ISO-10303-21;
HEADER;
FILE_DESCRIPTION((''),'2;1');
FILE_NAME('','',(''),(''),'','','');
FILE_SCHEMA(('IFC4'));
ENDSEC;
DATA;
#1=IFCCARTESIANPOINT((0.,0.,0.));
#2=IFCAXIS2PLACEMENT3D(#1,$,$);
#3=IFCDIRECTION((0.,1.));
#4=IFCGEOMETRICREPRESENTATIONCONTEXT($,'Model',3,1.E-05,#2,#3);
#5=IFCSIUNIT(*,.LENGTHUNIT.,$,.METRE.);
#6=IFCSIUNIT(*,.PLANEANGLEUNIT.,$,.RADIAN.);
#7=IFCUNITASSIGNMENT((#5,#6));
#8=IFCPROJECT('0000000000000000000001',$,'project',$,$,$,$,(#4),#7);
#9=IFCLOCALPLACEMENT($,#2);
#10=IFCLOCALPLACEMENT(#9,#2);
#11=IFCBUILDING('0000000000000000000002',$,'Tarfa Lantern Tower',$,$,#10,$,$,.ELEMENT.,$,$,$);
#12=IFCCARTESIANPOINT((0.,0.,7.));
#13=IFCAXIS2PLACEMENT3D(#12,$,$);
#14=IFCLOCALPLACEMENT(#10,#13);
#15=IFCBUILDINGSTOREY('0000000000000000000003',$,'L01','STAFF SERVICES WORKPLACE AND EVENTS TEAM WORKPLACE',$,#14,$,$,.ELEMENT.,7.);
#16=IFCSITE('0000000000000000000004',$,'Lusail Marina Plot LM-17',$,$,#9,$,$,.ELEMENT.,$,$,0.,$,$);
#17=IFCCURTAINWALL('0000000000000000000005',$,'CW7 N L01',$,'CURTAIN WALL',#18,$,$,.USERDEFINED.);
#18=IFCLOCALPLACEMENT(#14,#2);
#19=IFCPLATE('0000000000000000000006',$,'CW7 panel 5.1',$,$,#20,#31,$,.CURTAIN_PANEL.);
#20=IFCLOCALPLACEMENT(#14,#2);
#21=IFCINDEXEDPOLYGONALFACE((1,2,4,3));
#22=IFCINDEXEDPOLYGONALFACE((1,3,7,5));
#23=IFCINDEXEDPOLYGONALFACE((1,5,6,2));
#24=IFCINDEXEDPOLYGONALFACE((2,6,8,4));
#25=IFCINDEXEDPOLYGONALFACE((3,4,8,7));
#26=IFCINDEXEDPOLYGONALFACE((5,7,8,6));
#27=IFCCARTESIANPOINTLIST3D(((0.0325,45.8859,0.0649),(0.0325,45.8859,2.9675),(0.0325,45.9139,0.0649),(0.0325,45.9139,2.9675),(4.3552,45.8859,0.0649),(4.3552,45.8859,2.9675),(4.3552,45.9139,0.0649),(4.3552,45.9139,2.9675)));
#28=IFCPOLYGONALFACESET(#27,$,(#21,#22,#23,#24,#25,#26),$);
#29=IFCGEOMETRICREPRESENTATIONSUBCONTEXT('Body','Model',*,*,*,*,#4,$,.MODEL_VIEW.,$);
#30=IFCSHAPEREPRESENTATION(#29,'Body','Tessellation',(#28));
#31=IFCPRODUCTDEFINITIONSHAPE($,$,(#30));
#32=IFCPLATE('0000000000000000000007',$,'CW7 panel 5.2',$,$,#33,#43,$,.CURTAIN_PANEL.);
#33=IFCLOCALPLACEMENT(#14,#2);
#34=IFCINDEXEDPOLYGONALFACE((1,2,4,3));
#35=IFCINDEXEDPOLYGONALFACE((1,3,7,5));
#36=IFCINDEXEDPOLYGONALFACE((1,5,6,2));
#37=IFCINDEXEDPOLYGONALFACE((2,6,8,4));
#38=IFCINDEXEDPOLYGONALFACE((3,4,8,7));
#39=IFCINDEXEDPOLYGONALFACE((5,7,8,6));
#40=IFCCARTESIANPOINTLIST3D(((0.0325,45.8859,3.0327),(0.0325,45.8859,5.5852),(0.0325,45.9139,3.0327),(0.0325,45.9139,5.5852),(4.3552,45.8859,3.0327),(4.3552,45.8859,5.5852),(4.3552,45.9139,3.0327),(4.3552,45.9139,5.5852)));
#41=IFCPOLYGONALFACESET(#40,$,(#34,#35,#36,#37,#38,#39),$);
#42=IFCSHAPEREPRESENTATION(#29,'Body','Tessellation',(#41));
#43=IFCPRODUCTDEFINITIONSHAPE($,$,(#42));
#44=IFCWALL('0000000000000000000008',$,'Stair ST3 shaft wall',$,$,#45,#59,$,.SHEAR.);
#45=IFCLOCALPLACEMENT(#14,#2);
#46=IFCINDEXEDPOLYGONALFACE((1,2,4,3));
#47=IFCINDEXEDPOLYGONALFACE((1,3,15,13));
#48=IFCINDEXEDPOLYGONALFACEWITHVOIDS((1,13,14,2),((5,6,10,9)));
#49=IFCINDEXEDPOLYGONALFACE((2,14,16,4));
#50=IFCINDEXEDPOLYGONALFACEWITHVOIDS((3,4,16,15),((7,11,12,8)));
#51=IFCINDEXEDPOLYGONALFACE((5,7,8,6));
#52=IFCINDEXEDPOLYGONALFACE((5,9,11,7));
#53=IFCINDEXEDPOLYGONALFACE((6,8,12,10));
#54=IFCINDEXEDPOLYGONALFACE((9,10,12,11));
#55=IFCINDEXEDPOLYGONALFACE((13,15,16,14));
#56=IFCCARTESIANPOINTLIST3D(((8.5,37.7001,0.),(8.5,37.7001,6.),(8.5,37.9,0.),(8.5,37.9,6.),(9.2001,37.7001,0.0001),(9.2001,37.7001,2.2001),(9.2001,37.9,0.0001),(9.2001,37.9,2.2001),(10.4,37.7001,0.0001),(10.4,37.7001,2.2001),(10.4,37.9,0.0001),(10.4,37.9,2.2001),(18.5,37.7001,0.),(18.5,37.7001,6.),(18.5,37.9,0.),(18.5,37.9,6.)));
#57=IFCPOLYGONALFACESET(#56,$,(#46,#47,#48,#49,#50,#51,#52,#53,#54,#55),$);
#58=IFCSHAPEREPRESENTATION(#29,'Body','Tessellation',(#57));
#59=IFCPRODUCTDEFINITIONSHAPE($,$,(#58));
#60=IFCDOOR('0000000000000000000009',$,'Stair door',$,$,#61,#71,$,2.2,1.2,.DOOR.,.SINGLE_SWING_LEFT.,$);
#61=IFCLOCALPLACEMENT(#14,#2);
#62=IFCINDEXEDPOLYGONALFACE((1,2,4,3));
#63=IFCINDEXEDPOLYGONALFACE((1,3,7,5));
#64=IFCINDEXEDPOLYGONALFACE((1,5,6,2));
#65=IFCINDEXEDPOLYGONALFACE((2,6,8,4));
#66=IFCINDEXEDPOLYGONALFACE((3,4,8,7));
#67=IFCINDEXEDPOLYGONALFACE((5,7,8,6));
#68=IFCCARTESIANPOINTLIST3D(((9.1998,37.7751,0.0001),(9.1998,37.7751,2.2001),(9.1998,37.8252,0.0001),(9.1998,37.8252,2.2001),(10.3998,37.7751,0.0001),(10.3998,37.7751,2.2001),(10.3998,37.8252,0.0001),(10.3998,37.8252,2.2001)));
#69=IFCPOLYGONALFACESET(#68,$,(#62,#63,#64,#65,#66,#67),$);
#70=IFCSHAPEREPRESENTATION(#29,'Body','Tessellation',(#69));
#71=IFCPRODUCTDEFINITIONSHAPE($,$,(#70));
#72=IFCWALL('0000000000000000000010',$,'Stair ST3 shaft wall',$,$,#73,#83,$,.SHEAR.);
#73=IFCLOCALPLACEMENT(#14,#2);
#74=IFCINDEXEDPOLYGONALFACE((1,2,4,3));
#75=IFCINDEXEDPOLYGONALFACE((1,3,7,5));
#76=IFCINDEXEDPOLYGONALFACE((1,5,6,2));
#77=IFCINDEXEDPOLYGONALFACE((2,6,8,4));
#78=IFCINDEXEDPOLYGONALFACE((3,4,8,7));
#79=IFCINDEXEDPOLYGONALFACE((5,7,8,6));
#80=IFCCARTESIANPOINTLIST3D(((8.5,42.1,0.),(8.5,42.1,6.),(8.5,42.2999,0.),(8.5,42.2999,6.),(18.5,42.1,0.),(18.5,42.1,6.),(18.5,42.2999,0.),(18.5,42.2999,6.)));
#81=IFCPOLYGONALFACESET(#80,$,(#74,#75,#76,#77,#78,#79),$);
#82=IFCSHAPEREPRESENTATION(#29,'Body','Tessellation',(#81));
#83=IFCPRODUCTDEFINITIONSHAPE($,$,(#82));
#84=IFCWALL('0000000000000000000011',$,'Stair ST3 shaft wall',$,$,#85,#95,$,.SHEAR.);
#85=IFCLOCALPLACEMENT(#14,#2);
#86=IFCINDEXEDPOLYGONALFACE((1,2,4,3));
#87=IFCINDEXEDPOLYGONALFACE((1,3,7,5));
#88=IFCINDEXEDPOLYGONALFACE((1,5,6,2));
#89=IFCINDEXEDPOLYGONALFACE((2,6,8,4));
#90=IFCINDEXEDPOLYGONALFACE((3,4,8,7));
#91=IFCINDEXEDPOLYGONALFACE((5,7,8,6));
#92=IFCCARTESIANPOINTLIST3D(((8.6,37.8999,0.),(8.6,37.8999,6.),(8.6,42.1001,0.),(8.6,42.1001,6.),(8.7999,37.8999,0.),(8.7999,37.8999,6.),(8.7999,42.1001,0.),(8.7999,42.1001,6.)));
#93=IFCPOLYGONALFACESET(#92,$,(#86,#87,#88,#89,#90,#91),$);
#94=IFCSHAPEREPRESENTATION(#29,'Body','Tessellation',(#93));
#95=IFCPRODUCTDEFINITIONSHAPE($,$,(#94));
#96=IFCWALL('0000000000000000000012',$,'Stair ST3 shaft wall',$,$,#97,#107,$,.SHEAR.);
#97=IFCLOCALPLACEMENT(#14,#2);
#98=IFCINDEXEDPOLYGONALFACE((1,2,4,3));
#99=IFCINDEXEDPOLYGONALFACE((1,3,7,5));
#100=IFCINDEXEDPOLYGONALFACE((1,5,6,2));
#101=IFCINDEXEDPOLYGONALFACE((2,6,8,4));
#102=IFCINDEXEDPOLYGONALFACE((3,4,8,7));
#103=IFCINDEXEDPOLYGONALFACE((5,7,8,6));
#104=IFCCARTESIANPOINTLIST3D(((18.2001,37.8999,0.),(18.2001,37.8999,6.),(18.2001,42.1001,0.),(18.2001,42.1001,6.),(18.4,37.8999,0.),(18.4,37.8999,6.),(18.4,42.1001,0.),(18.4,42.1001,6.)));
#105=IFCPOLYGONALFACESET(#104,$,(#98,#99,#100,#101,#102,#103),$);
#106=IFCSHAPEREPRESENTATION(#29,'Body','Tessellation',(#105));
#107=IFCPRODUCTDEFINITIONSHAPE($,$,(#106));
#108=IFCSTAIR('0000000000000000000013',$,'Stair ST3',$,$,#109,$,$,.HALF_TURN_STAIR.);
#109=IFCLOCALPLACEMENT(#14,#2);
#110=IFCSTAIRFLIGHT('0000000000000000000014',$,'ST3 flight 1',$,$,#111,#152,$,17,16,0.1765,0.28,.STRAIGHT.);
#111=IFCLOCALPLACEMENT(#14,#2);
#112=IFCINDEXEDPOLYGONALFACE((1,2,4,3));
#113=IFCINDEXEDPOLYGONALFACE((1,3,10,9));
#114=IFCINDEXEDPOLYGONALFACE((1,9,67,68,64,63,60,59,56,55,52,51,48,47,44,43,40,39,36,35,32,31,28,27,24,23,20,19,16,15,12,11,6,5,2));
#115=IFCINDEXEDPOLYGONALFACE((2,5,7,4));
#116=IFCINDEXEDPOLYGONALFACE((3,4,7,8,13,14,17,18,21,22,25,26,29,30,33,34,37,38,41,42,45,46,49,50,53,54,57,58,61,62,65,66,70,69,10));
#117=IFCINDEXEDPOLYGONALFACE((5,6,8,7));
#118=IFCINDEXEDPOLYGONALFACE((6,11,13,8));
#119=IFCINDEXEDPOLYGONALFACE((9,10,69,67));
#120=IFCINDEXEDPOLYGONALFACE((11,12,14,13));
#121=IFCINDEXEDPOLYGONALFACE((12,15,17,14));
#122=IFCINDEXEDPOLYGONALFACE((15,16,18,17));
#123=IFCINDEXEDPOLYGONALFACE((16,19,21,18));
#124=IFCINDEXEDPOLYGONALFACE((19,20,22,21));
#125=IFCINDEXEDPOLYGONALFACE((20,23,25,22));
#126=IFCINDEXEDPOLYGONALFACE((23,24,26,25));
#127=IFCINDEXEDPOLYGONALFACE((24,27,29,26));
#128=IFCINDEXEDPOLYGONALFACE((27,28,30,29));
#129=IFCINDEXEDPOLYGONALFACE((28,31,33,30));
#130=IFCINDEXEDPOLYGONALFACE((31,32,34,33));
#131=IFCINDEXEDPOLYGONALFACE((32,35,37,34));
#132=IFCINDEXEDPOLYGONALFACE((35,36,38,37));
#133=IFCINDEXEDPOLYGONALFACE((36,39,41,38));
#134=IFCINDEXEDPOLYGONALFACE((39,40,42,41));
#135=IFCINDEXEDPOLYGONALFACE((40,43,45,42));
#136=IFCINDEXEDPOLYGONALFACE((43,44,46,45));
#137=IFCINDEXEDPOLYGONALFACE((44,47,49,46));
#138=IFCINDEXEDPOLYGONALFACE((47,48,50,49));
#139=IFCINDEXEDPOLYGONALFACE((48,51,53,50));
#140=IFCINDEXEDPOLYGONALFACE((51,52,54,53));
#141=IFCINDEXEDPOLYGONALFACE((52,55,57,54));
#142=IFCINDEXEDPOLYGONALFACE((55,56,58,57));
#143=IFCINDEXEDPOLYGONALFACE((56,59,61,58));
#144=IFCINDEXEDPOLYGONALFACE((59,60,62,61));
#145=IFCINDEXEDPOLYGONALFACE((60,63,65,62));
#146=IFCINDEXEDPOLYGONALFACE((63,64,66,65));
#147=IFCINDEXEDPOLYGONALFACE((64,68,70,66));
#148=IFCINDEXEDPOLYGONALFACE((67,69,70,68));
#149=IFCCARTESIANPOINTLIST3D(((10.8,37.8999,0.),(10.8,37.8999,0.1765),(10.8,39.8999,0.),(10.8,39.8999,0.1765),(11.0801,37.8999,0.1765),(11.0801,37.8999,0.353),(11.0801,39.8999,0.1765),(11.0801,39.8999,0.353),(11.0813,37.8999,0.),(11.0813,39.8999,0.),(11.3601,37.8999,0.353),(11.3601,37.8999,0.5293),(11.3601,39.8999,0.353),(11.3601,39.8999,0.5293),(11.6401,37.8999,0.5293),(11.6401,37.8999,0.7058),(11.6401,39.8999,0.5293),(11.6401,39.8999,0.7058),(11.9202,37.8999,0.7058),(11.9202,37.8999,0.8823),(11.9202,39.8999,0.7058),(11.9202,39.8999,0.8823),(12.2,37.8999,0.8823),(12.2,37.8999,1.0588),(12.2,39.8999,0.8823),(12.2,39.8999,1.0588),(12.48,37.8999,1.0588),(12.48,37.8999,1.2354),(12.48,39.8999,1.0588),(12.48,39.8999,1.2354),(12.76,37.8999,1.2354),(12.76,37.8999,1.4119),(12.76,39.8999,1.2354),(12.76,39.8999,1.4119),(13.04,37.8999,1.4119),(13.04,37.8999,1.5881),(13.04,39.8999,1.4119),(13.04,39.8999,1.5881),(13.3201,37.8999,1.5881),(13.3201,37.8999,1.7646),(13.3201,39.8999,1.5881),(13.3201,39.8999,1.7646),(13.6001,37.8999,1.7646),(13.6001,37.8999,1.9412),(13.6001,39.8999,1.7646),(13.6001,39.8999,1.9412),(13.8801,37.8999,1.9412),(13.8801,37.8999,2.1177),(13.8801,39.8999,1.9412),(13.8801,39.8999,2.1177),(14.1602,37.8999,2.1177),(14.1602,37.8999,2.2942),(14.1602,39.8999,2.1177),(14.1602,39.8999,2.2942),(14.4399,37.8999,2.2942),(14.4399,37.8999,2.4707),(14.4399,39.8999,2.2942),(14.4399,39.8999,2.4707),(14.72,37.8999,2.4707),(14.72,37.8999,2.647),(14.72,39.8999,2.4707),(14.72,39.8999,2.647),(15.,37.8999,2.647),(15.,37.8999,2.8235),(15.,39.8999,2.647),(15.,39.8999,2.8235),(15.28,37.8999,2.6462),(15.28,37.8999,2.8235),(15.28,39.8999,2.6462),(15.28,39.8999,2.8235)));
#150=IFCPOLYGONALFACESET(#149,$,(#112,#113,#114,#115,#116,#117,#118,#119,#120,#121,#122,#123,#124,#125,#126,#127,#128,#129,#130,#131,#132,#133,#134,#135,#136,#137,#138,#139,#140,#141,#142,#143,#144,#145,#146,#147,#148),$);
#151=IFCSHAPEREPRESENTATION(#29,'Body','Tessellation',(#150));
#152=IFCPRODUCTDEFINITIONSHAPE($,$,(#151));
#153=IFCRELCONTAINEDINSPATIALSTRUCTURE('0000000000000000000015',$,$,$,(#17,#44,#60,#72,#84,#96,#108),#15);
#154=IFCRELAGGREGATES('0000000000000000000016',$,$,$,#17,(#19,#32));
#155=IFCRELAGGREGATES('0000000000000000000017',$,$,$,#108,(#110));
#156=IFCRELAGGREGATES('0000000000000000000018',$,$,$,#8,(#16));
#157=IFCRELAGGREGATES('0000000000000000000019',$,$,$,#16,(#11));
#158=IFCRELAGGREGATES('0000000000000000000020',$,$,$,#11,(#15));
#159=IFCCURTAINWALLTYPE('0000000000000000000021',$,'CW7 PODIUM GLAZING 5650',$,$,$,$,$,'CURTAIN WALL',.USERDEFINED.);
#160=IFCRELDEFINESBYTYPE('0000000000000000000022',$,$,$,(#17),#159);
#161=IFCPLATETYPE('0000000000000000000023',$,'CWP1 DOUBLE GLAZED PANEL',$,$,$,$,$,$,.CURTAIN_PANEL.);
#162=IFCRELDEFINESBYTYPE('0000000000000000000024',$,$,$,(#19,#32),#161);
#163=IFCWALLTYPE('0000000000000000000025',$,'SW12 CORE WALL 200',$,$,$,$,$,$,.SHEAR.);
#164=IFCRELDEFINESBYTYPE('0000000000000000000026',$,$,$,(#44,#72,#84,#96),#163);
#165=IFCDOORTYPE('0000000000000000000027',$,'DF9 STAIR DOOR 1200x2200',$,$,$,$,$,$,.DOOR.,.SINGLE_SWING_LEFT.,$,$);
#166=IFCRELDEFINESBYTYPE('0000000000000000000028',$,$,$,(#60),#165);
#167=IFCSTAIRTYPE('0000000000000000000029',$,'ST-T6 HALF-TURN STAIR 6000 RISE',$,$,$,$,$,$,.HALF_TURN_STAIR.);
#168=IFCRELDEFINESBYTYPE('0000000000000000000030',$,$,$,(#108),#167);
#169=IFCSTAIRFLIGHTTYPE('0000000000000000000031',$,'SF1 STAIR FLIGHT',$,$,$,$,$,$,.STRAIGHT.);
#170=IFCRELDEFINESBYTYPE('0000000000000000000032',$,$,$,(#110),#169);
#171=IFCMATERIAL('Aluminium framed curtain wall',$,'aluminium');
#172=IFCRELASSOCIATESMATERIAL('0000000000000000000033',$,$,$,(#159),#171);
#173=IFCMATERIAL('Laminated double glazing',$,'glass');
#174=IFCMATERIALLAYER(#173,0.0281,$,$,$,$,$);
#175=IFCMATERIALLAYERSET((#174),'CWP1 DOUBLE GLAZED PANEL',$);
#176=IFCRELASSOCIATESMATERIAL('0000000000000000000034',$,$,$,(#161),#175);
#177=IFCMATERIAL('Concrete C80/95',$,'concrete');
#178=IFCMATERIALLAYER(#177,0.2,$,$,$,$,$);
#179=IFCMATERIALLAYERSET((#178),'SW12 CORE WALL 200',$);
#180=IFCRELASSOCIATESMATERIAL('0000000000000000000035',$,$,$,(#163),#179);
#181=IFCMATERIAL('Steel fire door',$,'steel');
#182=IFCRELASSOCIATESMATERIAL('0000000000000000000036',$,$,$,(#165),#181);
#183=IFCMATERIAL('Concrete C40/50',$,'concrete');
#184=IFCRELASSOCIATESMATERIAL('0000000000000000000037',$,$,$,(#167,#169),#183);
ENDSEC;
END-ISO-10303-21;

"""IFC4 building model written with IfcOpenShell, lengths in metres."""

from ifc_helpers import new_model, si_unit, direction, frame, frame_2d, origin, origin_2d, place, context, subcontext, project, spatial, polyline, rectangle, outline, extrude, material, layer, layer_set, type_object, element, fill, aggregate, save


model = new_model("IFC4")

# Units and contexts
model_context = context("Model", 3, precision=1e-05, world=origin(), true_north=direction((0.0, 1.0)))
body_context = subcontext(model_context, "Body", "Model", "MODEL_VIEW")
ifc_project = project(units=[si_unit("LENGTHUNIT", "METRE"), si_unit("PLANEANGLEUNIT", "RADIAN")], contexts=[model_context])

# Site, building, storey
site_placement = place(None, origin())
site = spatial("IfcSite", under=ifc_project, at=site_placement, Name="Lusail Marina Plot LM-17", CompositionType="ELEMENT", RefElevation=0.0)
building_placement = place(site_placement, origin())
building = spatial("IfcBuilding", under=site, at=building_placement, Name="Tarfa Lantern Tower", CompositionType="ELEMENT")
storey_placement = place(building_placement, frame((0.0, 0.0, 7.0)))
storey = spatial("IfcBuildingStorey", under=building, at=storey_placement, Name="L01", Description="STAFF SERVICES WORKPLACE AND EVENTS TEAM WORKPLACE", CompositionType="ELEMENT", Elevation=7.0)

# Shared definitions
ifc_material_1 = material(Name="Concrete C80/95", Category="concrete")

# Curtain wall
ifc_material_2 = material(Name="Aluminium framed curtain wall", Category="aluminium")
curtain_wall_type = type_object("IfcCurtainWallType", Name="CW7 PODIUM GLAZING 5650", ElementType="CURTAIN WALL", PredefinedType="USERDEFINED", material=ifc_material_2)
curtain_wall_placement = place(storey_placement, origin())
curtain_wall = element("IfcCurtainWall", 1, at=curtain_wall_placement, inside=storey, type_object=curtain_wall_type, Name="CW7 N L01", ObjectType="CURTAIN WALL", PredefinedType="USERDEFINED")

# Plates
ifc_material_3 = material(Name="Laminated double glazing", Category="glass")
ifc_layer_1 = layer(ifc_material_3, 0.0281)
ifc_layer_set_1 = layer_set([ifc_layer_1], Name="CWP1 DOUBLE GLAZED PANEL")
plate_type = type_object("IfcPlateType", Name="CWP1 DOUBLE GLAZED PANEL", PredefinedType="CURTAIN_PANEL", material=ifc_layer_set_1)
plate_1_placement = place(storey_placement, frame((2.1938, 45.8999, 0.0649), z_axis=(0.0, 0.0, 1.0), x_axis=(-1.0, 0.0, 0.0)))
plate_1 = element("IfcPlate", 2, at=plate_1_placement, type_object=plate_type, Name="CW7 panel 5.1", PredefinedType="CURTAIN_PANEL", context=body_context, shape_type="SweptSolid", body=[
    extrude(rectangle(XDim=4.3228, YDim=0.0281, at=origin_2d()), origin(), (0.0, 0.0, 1.0), 2.9026),
])
plate_2_placement = place(storey_placement, frame((2.1938, 45.8999, 3.0327), z_axis=(0.0, 0.0, 1.0), x_axis=(-1.0, 0.0, 0.0)))
plate_2 = element("IfcPlate", 3, at=plate_2_placement, type_object=plate_type, Name="CW7 panel 5.2", PredefinedType="CURTAIN_PANEL", context=body_context, shape_type="SweptSolid", body=[
    extrude(rectangle(XDim=4.3228, YDim=0.0281, at=origin_2d()), origin(), (0.0, 0.0, 1.0), 2.5525),
])
aggregate(curtain_wall, [plate_1, plate_2])

# Wall, opening, door
ifc_layer_2 = layer(ifc_material_1, 0.2)
ifc_layer_set_2 = layer_set([ifc_layer_2], Name="SW12 CORE WALL 200")
wall_type = type_object("IfcWallType", Name="SW12 CORE WALL 200", PredefinedType="SHEAR", material=ifc_layer_set_2)
wall_1_placement = place(storey_placement, frame((8.5, 37.8, 0.0), z_axis=(0.0, 0.0, 1.0), x_axis=(1.0, 0.0, 0.0)))
wall_1 = element("IfcWall", 4, at=wall_1_placement, inside=storey, type_object=wall_type, Name="Stair ST3 shaft wall", PredefinedType="SHEAR", context=body_context, shape_type="SweptSolid", body=[
    extrude(rectangle(XDim=10.0, YDim=0.2, at=frame_2d((5.0, 0.0))), origin(), (0.0, 0.0, 1.0), 6.0),
])
opening_placement = place(wall_1_placement, frame((0.7, 0.0, 0.0)))
opening = element("IfcOpeningElement", 5, at=opening_placement, cuts=wall_1, PredefinedType="OPENING", context=body_context, shape_type="SweptSolid", body=[
    extrude(rectangle(XDim=1.2, YDim=2.2, at=frame_2d((0.6001, 1.1001))), frame((0.0, 0.1099, 0.0), z_axis=(0.0, -1.0, 0.0), x_axis=(1.0, 0.0, 0.0)), (0.0, 0.0, 1.0), 0.22),
])
ifc_material_4 = material(Name="Steel fire door", Category="steel")
door_type = type_object("IfcDoorType", Name="DF9 STAIR DOOR 1200x2200", OperationType="SINGLE_SWING_LEFT", PredefinedType="DOOR", material=ifc_material_4)
door_placement = place(opening_placement, frame((1.2, 0.0, 0.0), z_axis=(0.0, 0.0, 1.0), x_axis=(-1.0, 0.0, 0.0)))
door = element("IfcDoor", 6, at=door_placement, inside=storey, type_object=door_type, Name="Stair door", OperationType="SINGLE_SWING_LEFT", OverallHeight=2.2, OverallWidth=1.2, PredefinedType="DOOR", context=body_context, shape_type="SweptSolid", body=[
    extrude(rectangle(XDim=1.2, YDim=2.2, at=frame_2d((0.6001, 1.1001))), frame((0.0, 0.0249, 0.0), z_axis=(0.0, -1.0, 0.0), x_axis=(1.0, 0.0, 0.0)), (0.0, 0.0, 1.0), 0.05),
])
fill(opening, door)

# Walls
wall_2_placement = place(storey_placement, frame((18.5, 42.2, 0.0), z_axis=(0.0, 0.0, 1.0), x_axis=(-1.0, 0.0, 0.0)))
element("IfcWall", 7, at=wall_2_placement, inside=storey, type_object=wall_type, Name="Stair ST3 shaft wall", PredefinedType="SHEAR", context=body_context, shape_type="SweptSolid", body=[
    extrude(rectangle(XDim=10.0, YDim=0.2, at=frame_2d((5.0, 0.0))), origin(), (0.0, 0.0, 1.0), 6.0),
])
for number, where, z_axis, x_axis, name in (
    (8, (8.7, 42.1001, 0.0), (0.0, 0.0, 1.0), (0.0, -1.0, 0.0), "Stair ST3 shaft wall"),
    (9, (18.3, 37.8999, 0.0), (0.0, 0.0, 1.0), (0.0, 1.0, 0.0), "Stair ST3 shaft wall"),
):
    element("IfcWall", number, at=place(storey_placement, frame(where, z_axis=z_axis, x_axis=x_axis)), inside=storey, type_object=wall_type, Name=name, PredefinedType="SHEAR", context=body_context, shape_type="SweptSolid", body=[
        extrude(rectangle(XDim=4.2002, YDim=0.2, at=frame_2d((2.1001, 0.0))), origin(), (0.0, 0.0, 1.0), 6.0),
    ])

# Stair, stair flight
ifc_material_5 = material(Name="Concrete C40/50", Category="concrete")
stair_type = type_object("IfcStairType", Name="ST-T6 HALF-TURN STAIR 6000 RISE", PredefinedType="HALF_TURN_STAIR", material=ifc_material_5)
stair_placement = place(storey_placement, origin())
stair = element("IfcStair", 10, at=stair_placement, inside=storey, type_object=stair_type, Name="Stair ST3", PredefinedType="HALF_TURN_STAIR")
stair_flight_type = type_object("IfcStairFlightType", Name="SF1 STAIR FLIGHT", PredefinedType="STRAIGHT", material=ifc_material_5)
stair_flight_1_placement = place(storey_placement, frame((10.8, 38.8999, 0.0), z_axis=(0.0, 0.0, 1.0), x_axis=(1.0, 0.0, 0.0)))
stair_flight_1 = element("IfcStairFlight", 11, at=stair_flight_1_placement, type_object=stair_flight_type, Name="ST3 flight 1", NumberOfRisers=17, NumberOfTreads=16, PredefinedType="STRAIGHT", RiserHeight=0.1765, TreadLength=0.28, context=body_context, shape_type="SweptSolid", body=[
    extrude(outline(polyline([(0.0, 0.0), (0.0, 0.1765), (0.28, 0.1765), (0.28, 0.353), (0.5601, 0.353), (0.5601, 0.5293), (0.8401, 0.5293), (0.8401, 0.7058), (1.1201, 0.7058), (1.1201, 0.8823), (1.3999, 0.8823), (1.3999, 1.0588), (1.6799, 1.0588), (1.6799, 1.2354), (1.96, 1.2354), (1.96, 1.4119), (2.24, 1.4119), (2.24, 1.5881), (2.52, 1.5881), (2.52, 1.7646), (2.8, 1.7646), (2.8, 1.9412), (3.0801, 1.9412), (3.0801, 2.1177), (3.3601, 2.1177), (3.3601, 2.2942), (3.6399, 2.2942), (3.6399, 2.4707), (3.9199, 2.4707), (3.9199, 2.647), (4.2, 2.647), (4.2, 2.8235), (4.48, 2.8235), (4.48, 3.0), (4.48, 2.6462), (0.2812, 0.0), (0.0, 0.0)])), frame((0.0, 1.0, 0.0), z_axis=(0.0, -1.0, 0.0), x_axis=(1.0, 0.0, 0.0)), (0.0, 0.0, 1.0), 2.0),
])
aggregate(stair, [stair_flight_1])

save(model, "model.ifc")
